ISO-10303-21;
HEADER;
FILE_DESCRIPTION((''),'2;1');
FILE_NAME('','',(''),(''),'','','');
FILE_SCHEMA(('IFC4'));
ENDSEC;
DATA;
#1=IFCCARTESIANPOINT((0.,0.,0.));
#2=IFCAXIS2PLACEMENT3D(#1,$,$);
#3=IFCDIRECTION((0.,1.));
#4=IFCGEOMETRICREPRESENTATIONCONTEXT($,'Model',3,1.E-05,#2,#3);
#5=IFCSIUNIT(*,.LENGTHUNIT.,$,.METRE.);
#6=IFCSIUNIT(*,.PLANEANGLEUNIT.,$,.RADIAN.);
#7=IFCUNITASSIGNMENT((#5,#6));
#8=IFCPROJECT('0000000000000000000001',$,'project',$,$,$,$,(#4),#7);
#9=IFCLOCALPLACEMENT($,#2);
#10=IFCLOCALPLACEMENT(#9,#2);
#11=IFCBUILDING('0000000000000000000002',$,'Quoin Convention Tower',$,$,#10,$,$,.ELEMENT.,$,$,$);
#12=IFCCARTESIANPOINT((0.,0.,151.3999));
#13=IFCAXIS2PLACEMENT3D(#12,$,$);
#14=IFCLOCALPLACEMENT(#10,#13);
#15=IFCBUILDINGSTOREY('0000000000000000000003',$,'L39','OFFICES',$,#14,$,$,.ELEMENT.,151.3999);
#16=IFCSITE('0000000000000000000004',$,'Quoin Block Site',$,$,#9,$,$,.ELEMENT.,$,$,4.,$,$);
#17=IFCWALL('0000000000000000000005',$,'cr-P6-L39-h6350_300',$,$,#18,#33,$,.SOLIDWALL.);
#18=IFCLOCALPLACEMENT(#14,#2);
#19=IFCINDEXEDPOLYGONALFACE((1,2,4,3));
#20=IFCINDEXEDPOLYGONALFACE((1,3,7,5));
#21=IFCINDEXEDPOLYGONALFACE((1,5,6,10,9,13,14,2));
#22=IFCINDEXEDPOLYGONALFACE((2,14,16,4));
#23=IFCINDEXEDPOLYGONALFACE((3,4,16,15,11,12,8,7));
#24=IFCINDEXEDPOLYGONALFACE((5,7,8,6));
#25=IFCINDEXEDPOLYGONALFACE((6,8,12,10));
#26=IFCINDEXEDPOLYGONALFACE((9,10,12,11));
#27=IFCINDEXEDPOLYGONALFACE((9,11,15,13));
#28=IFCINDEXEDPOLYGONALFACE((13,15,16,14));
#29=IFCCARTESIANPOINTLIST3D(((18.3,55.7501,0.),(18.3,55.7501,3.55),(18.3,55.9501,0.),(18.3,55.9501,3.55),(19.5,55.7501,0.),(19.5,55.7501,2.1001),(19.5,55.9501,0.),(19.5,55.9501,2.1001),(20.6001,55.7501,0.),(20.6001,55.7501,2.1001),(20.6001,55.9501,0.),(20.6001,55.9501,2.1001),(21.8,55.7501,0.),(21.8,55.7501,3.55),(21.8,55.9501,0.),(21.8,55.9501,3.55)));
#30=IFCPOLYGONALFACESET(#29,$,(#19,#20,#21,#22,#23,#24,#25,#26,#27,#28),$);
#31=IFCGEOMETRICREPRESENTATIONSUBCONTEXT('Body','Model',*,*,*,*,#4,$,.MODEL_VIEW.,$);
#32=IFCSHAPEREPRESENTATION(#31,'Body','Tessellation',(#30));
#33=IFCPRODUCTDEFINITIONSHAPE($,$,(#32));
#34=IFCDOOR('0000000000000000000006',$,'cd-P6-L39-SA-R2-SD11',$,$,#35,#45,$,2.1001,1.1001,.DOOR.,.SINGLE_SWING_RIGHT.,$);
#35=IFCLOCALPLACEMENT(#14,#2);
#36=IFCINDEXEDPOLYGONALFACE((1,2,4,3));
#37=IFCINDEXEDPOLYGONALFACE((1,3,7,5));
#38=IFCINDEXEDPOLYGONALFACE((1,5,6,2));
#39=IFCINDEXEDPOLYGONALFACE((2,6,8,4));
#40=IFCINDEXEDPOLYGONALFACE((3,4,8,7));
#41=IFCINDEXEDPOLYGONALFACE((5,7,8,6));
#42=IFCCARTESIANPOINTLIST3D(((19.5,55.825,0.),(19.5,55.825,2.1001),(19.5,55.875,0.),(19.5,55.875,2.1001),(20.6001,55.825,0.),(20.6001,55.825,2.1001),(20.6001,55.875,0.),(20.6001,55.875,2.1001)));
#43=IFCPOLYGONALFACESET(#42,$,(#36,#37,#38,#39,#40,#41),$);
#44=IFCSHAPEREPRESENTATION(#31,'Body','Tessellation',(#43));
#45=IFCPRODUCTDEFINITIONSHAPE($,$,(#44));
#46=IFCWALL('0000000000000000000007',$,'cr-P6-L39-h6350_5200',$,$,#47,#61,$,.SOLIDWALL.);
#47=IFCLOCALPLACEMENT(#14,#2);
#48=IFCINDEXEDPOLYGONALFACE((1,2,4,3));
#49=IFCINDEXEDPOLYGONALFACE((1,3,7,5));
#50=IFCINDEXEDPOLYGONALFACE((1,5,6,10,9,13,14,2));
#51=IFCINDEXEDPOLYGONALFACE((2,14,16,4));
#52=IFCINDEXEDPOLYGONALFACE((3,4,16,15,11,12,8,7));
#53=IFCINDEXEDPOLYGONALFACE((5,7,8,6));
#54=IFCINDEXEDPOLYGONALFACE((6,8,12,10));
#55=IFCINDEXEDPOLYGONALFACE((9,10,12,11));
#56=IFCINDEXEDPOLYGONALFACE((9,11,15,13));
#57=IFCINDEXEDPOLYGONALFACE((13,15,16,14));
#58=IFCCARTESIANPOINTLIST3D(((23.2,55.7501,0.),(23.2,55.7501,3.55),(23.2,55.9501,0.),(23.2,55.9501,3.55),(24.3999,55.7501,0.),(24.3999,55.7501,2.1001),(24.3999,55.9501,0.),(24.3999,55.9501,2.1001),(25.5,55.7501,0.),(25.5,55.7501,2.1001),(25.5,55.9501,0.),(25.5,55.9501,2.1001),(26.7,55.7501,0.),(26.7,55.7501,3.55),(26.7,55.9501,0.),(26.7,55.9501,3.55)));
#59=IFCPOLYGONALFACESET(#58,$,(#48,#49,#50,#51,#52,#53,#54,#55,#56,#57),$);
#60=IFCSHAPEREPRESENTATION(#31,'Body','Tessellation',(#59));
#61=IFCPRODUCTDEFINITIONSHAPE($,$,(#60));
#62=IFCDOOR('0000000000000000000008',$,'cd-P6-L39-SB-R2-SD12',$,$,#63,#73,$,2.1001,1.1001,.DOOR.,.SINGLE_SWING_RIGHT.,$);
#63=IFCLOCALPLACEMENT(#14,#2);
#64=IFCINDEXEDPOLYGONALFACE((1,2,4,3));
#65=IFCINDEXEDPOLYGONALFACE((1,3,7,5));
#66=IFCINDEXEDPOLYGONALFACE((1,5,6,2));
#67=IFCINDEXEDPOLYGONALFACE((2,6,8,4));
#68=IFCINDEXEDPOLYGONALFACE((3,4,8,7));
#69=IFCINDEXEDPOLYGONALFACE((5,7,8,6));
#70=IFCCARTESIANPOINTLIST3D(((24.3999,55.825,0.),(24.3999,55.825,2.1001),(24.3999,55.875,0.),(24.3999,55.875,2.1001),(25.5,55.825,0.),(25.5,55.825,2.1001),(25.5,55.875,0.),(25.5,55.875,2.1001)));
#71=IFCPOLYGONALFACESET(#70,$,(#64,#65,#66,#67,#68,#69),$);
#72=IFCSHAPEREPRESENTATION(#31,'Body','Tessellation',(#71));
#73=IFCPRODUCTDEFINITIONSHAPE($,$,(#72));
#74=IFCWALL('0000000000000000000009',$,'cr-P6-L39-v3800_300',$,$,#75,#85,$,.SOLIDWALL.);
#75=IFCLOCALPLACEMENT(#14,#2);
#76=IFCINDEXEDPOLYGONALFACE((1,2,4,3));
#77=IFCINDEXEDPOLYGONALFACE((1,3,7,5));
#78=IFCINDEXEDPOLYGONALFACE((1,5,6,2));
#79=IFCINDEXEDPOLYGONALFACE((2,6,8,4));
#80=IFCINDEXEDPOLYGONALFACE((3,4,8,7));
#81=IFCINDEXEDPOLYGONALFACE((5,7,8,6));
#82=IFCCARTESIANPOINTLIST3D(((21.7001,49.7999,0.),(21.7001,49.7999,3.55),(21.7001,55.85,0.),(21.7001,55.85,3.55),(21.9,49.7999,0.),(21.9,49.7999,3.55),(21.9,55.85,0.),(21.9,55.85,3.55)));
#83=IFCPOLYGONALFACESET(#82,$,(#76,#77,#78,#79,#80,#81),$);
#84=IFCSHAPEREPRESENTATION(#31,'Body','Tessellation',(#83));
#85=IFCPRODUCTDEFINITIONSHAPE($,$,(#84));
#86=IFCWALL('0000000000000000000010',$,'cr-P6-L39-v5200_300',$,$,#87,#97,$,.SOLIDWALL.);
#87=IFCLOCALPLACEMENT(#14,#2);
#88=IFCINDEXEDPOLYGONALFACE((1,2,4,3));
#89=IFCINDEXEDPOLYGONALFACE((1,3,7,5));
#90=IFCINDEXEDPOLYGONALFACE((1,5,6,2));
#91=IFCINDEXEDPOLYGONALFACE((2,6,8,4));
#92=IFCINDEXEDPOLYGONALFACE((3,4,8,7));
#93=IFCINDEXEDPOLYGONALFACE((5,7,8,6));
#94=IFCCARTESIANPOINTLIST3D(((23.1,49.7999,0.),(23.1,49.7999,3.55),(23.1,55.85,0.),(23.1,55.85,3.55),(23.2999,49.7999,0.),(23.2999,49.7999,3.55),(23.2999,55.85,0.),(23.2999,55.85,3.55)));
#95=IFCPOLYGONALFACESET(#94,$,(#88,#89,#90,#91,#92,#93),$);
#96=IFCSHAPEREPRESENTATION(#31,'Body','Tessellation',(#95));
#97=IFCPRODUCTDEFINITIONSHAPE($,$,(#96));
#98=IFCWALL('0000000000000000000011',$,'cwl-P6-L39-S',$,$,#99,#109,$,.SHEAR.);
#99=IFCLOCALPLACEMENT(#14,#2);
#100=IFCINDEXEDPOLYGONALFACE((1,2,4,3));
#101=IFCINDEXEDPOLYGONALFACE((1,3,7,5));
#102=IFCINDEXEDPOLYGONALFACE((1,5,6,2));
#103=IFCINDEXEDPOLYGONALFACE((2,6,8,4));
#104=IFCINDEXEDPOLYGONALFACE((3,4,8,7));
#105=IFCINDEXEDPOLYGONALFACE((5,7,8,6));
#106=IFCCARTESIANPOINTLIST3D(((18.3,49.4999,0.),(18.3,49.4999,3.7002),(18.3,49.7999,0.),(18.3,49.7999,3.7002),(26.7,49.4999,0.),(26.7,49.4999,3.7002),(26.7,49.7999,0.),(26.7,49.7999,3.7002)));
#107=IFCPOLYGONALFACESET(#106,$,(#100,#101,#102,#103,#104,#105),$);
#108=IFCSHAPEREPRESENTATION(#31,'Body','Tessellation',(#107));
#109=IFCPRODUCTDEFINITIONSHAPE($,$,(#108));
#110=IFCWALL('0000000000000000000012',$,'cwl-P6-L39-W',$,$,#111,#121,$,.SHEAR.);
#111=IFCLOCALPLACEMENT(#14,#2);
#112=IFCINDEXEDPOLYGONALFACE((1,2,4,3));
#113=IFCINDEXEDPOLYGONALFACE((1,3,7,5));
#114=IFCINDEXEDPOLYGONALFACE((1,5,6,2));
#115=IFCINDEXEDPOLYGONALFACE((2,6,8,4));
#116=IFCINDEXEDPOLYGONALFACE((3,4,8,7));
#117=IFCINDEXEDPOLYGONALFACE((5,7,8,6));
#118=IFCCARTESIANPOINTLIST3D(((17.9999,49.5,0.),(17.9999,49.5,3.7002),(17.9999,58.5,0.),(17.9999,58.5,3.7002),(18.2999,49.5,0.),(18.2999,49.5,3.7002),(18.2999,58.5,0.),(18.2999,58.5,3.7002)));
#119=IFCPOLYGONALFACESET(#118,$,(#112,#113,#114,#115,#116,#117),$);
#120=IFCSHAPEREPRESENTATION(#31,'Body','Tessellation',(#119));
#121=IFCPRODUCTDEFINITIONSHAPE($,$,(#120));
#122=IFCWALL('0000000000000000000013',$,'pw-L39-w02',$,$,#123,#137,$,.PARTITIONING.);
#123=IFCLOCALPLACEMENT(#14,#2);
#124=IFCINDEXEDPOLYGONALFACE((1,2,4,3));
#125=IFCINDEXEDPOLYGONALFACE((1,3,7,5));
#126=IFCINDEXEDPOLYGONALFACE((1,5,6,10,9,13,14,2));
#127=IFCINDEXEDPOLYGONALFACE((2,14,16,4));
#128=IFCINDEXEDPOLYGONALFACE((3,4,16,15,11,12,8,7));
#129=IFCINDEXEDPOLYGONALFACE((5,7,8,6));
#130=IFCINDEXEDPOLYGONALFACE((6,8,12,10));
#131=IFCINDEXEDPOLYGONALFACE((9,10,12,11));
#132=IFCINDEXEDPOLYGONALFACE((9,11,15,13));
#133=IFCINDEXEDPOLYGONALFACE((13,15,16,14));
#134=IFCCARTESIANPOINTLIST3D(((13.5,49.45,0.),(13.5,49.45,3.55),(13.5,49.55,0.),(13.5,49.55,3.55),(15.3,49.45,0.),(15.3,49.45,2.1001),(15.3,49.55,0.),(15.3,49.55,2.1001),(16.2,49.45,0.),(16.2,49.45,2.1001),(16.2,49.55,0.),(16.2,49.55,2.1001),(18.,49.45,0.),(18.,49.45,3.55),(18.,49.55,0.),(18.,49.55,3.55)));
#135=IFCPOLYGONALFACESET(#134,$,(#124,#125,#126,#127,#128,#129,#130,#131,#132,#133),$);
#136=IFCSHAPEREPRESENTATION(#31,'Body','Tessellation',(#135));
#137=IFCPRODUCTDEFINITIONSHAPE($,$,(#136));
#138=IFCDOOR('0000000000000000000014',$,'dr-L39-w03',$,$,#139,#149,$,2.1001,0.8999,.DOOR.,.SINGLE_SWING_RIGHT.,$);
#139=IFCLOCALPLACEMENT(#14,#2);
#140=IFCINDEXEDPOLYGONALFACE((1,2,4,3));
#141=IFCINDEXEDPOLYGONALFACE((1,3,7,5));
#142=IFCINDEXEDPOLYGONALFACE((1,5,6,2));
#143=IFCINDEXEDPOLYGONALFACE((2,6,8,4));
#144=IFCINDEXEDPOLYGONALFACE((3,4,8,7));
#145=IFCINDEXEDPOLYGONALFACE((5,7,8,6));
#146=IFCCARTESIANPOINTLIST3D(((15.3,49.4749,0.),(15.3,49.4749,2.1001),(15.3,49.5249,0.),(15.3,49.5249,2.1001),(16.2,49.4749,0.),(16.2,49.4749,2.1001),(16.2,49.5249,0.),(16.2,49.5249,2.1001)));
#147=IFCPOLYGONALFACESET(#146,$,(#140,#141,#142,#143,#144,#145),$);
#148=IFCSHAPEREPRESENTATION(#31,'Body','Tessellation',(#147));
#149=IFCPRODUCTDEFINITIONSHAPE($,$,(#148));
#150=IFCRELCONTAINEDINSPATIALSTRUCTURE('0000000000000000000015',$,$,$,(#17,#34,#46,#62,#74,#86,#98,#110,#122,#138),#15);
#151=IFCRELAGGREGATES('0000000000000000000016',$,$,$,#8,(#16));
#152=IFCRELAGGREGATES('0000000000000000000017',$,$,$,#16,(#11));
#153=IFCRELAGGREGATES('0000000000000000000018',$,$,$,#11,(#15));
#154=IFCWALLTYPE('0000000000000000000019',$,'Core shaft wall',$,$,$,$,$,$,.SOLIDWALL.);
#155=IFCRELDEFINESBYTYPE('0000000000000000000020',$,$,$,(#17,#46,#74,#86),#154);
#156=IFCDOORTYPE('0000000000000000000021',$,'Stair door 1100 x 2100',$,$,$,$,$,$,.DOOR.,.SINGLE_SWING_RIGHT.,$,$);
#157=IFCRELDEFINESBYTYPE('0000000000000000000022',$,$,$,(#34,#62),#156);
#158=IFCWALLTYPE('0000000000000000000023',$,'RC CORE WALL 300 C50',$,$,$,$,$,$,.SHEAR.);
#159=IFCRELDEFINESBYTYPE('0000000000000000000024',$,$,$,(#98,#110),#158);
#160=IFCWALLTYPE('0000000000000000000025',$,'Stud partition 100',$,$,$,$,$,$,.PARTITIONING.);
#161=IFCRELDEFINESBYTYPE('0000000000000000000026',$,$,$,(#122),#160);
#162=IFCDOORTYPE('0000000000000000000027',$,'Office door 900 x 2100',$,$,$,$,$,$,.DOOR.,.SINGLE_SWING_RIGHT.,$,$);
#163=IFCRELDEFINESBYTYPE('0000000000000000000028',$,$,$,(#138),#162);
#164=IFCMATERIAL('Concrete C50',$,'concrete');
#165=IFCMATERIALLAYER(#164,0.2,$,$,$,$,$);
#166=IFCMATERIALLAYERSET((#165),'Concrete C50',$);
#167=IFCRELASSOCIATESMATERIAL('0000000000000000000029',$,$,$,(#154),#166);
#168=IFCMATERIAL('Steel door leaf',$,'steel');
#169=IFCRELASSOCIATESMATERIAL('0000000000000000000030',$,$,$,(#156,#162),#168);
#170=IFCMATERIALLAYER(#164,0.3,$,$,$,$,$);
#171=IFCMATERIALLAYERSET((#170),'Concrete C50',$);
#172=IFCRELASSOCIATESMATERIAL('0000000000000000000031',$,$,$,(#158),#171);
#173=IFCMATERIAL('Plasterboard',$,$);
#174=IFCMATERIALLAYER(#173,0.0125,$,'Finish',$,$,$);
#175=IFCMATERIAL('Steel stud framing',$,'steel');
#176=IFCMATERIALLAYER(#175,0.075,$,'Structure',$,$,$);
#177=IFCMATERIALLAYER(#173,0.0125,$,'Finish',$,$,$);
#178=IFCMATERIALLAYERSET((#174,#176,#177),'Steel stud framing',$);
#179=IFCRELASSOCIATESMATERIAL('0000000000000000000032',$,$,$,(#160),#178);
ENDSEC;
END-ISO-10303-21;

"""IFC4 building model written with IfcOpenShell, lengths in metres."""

from ifc_helpers import new_model, si_unit, direction, frame, frame_2d, origin, place, context, subcontext, project, spatial, rectangle, extrude, material, layer, layer_set, type_object, element, fill, save


model = new_model("IFC4")

# Units and contexts
model_context = context("Model", 3, precision=1e-05, world=origin(), true_north=direction((0.0, 1.0)))
body_context = subcontext(model_context, "Body", "Model", "MODEL_VIEW")
ifc_project = project(units=[si_unit("LENGTHUNIT", "METRE"), si_unit("PLANEANGLEUNIT", "RADIAN")], contexts=[model_context])

# Site, building, storey
site_placement = place(None, origin())
site = spatial("IfcSite", under=ifc_project, at=site_placement, Name="Quoin Block Site", CompositionType="ELEMENT", RefElevation=4.0)
building_placement = place(site_placement, origin())
building = spatial("IfcBuilding", under=site, at=building_placement, Name="Quoin Convention Tower", CompositionType="ELEMENT")
storey_placement = place(building_placement, frame((0.0, 0.0, 151.3999)))
storey = spatial("IfcBuildingStorey", under=building, at=storey_placement, Name="L39", Description="OFFICES", CompositionType="ELEMENT", Elevation=151.3999)

# Shared definitions
ifc_material_1 = material(Name="Concrete C50", Category="concrete")

# Shared definitions
ifc_layer_1 = layer(ifc_material_1, 0.2)
ifc_layer_set_1 = layer_set([ifc_layer_1], Name="Concrete C50")
wall_type_1 = type_object("IfcWallType", Name="Core shaft wall", PredefinedType="SOLIDWALL", material=ifc_layer_set_1)

# Walls, openings, doors
wall_1_placement = place(storey_placement, frame((18.3, 55.8501, 0.0), z_axis=(0.0, 0.0, 1.0), x_axis=(1.0, 0.0, 0.0)))
wall_1 = element("IfcWall", 1, at=wall_1_placement, inside=storey, type_object=wall_type_1, Name="cr-P6-L39-h6350_300", PredefinedType="SOLIDWALL", context=body_context, shape_type="SweptSolid", body=[
    extrude(rectangle(XDim=3.5, YDim=0.2, at=frame_2d((1.75, 0.0))), origin(), (0.0, 0.0, 1.0), 3.55),
])
opening_1_placement = place(wall_1_placement, frame((1.2, 0.0, 0.0)))
opening_1 = element("IfcOpeningElement", 2, at=opening_1_placement, cuts=wall_1, PredefinedType="OPENING", context=body_context, shape_type="SweptSolid", body=[
    extrude(rectangle(XDim=1.1001, YDim=2.1001, at=frame_2d((0.55, 1.05))), frame((0.0, 0.1099, 0.0), z_axis=(0.0, -1.0, 0.0), x_axis=(1.0, 0.0, 0.0)), (0.0, 0.0, 1.0), 0.22),
])
ifc_material_2 = material(Name="Steel door leaf", Category="steel")
door_type_1 = type_object("IfcDoorType", Name="Stair door 1100 x 2100", OperationType="SINGLE_SWING_RIGHT", PredefinedType="DOOR", material=ifc_material_2)
door_1_placement = place(opening_1_placement, origin())
door_1 = element("IfcDoor", 3, at=door_1_placement, inside=storey, type_object=door_type_1, Name="cd-P6-L39-SA-R2-SD11", OperationType="SINGLE_SWING_RIGHT", OverallHeight=2.1001, OverallWidth=1.1001, PredefinedType="DOOR", context=body_context, shape_type="SweptSolid", body=[
    extrude(rectangle(XDim=1.1001, YDim=2.1001, at=frame_2d((0.55, 1.05))), frame((0.0, 0.0249, 0.0), z_axis=(0.0, -1.0, 0.0), x_axis=(1.0, 0.0, 0.0)), (0.0, 0.0, 1.0), 0.05),
])
fill(opening_1, door_1)
wall_2_placement = place(storey_placement, frame((23.2, 55.8501, 0.0), z_axis=(0.0, 0.0, 1.0), x_axis=(1.0, 0.0, 0.0)))
wall_2 = element("IfcWall", 4, at=wall_2_placement, inside=storey, type_object=wall_type_1, Name="cr-P6-L39-h6350_5200", PredefinedType="SOLIDWALL", context=body_context, shape_type="SweptSolid", body=[
    extrude(rectangle(XDim=3.5, YDim=0.2, at=frame_2d((1.75, 0.0))), origin(), (0.0, 0.0, 1.0), 3.55),
])
opening_2_placement = place(wall_2_placement, frame((1.2, 0.0, 0.0)))
opening_2 = element("IfcOpeningElement", 5, at=opening_2_placement, cuts=wall_2, PredefinedType="OPENING", context=body_context, shape_type="SweptSolid", body=[
    extrude(rectangle(XDim=1.1001, YDim=2.1001, at=frame_2d((0.55, 1.05))), frame((0.0, 0.1099, 0.0), z_axis=(0.0, -1.0, 0.0), x_axis=(1.0, 0.0, 0.0)), (0.0, 0.0, 1.0), 0.22),
])
door_2_placement = place(opening_2_placement, origin())
door_2 = element("IfcDoor", 6, at=door_2_placement, inside=storey, type_object=door_type_1, Name="cd-P6-L39-SB-R2-SD12", OperationType="SINGLE_SWING_RIGHT", OverallHeight=2.1001, OverallWidth=1.1001, PredefinedType="DOOR", context=body_context, shape_type="SweptSolid", body=[
    extrude(rectangle(XDim=1.1001, YDim=2.1001, at=frame_2d((0.55, 1.05))), frame((0.0, 0.0249, 0.0), z_axis=(0.0, -1.0, 0.0), x_axis=(1.0, 0.0, 0.0)), (0.0, 0.0, 1.0), 0.05),
])
fill(opening_2, door_2)

# Walls
for number, where, z_axis, x_axis, name in (
    (7, (21.8, 49.8, 0.0), (0.0, 0.0, 1.0), (0.0, 1.0, 0.0), "cr-P6-L39-v3800_300"),
    (8, (23.2, 49.8, 0.0), (0.0, 0.0, 1.0), (0.0, 1.0, 0.0), "cr-P6-L39-v5200_300"),
):
    element("IfcWall", number, at=place(storey_placement, frame(where, z_axis=z_axis, x_axis=x_axis)), inside=storey, type_object=wall_type_1, Name=name, PredefinedType="SOLIDWALL", context=body_context, shape_type="SweptSolid", body=[
        extrude(rectangle(XDim=6.05, YDim=0.2, at=frame_2d((3.0249, 0.0))), origin(), (0.0, 0.0, 1.0), 3.55),
    ])
ifc_layer_2 = layer(ifc_material_1, 0.3)
ifc_layer_set_2 = layer_set([ifc_layer_2], Name="Concrete C50")
wall_type_2 = type_object("IfcWallType", Name="RC CORE WALL 300 C50", PredefinedType="SHEAR", material=ifc_layer_set_2)
wall_3_placement = place(storey_placement, frame((18.3, 49.6499, 0.0), z_axis=(0.0, 0.0, 1.0), x_axis=(1.0, 0.0, 0.0)))
element("IfcWall", 9, at=wall_3_placement, inside=storey, type_object=wall_type_2, Name="cwl-P6-L39-S", PredefinedType="SHEAR", context=body_context, shape_type="SweptSolid", body=[
    extrude(rectangle(XDim=8.3999, YDim=0.3, at=frame_2d((4.2, 0.0))), origin(), (0.0, 0.0, 1.0), 3.7002),
])
wall_4_placement = place(storey_placement, frame((18.1499, 49.5, 0.0), z_axis=(0.0, 0.0, 1.0), x_axis=(0.0, 1.0, 0.0)))
element("IfcWall", 10, at=wall_4_placement, inside=storey, type_object=wall_type_2, Name="cwl-P6-L39-W", PredefinedType="SHEAR", context=body_context, shape_type="SweptSolid", body=[
    extrude(rectangle(XDim=9.0, YDim=0.3, at=frame_2d((4.5, 0.0))), origin(), (0.0, 0.0, 1.0), 3.7002),
])

# Wall, opening, door
ifc_material_3 = material(Name="Plasterboard")
ifc_layer_3 = layer(ifc_material_3, 0.0125, Name="Finish")
ifc_material_4 = material(Name="Steel stud framing", Category="steel")
ifc_layer_4 = layer(ifc_material_4, 0.075, Name="Structure")
ifc_layer_5 = layer(ifc_material_3, 0.0125, Name="Finish")
ifc_layer_set_3 = layer_set([ifc_layer_3, ifc_layer_4, ifc_layer_5], Name="Steel stud framing")
wall_type_3 = type_object("IfcWallType", Name="Stud partition 100", PredefinedType="PARTITIONING", material=ifc_layer_set_3)
wall_5_placement = place(storey_placement, frame((13.5, 49.5, 0.0), z_axis=(0.0, 0.0, 1.0), x_axis=(1.0, 0.0, 0.0)))
wall_5 = element("IfcWall", 11, at=wall_5_placement, inside=storey, type_object=wall_type_3, Name="pw-L39-w02", PredefinedType="PARTITIONING", context=body_context, shape_type="SweptSolid", body=[
    extrude(rectangle(XDim=4.5, YDim=0.1001, at=frame_2d((2.25, 0.0))), origin(), (0.0, 0.0, 1.0), 3.55),
])
opening_3_placement = place(wall_5_placement, frame((1.8, 0.0, 0.0)))
opening_3 = element("IfcOpeningElement", 12, at=opening_3_placement, cuts=wall_5, PredefinedType="OPENING", context=body_context, shape_type="SweptSolid", body=[
    extrude(rectangle(XDim=0.8999, YDim=2.1001, at=frame_2d((0.45, 1.05))), frame((0.0, 0.0601, 0.0), z_axis=(0.0, -1.0, 0.0), x_axis=(1.0, 0.0, 0.0)), (0.0, 0.0, 1.0), 0.1201),
])
door_type_2 = type_object("IfcDoorType", Name="Office door 900 x 2100", OperationType="SINGLE_SWING_RIGHT", PredefinedType="DOOR", material=ifc_material_2)
door_3_placement = place(opening_3_placement, origin())
door_3 = element("IfcDoor", 13, at=door_3_placement, inside=storey, type_object=door_type_2, Name="dr-L39-w03", OperationType="SINGLE_SWING_RIGHT", OverallHeight=2.1001, OverallWidth=0.8999, PredefinedType="DOOR", context=body_context, shape_type="SweptSolid", body=[
    extrude(rectangle(XDim=0.8999, YDim=2.1001, at=frame_2d((0.45, 1.05))), frame((0.0, 0.0249, 0.0), z_axis=(0.0, -1.0, 0.0), x_axis=(1.0, 0.0, 0.0)), (0.0, 0.0, 1.0), 0.05),
])
fill(opening_3, door_3)

save(model, "model.ifc")
